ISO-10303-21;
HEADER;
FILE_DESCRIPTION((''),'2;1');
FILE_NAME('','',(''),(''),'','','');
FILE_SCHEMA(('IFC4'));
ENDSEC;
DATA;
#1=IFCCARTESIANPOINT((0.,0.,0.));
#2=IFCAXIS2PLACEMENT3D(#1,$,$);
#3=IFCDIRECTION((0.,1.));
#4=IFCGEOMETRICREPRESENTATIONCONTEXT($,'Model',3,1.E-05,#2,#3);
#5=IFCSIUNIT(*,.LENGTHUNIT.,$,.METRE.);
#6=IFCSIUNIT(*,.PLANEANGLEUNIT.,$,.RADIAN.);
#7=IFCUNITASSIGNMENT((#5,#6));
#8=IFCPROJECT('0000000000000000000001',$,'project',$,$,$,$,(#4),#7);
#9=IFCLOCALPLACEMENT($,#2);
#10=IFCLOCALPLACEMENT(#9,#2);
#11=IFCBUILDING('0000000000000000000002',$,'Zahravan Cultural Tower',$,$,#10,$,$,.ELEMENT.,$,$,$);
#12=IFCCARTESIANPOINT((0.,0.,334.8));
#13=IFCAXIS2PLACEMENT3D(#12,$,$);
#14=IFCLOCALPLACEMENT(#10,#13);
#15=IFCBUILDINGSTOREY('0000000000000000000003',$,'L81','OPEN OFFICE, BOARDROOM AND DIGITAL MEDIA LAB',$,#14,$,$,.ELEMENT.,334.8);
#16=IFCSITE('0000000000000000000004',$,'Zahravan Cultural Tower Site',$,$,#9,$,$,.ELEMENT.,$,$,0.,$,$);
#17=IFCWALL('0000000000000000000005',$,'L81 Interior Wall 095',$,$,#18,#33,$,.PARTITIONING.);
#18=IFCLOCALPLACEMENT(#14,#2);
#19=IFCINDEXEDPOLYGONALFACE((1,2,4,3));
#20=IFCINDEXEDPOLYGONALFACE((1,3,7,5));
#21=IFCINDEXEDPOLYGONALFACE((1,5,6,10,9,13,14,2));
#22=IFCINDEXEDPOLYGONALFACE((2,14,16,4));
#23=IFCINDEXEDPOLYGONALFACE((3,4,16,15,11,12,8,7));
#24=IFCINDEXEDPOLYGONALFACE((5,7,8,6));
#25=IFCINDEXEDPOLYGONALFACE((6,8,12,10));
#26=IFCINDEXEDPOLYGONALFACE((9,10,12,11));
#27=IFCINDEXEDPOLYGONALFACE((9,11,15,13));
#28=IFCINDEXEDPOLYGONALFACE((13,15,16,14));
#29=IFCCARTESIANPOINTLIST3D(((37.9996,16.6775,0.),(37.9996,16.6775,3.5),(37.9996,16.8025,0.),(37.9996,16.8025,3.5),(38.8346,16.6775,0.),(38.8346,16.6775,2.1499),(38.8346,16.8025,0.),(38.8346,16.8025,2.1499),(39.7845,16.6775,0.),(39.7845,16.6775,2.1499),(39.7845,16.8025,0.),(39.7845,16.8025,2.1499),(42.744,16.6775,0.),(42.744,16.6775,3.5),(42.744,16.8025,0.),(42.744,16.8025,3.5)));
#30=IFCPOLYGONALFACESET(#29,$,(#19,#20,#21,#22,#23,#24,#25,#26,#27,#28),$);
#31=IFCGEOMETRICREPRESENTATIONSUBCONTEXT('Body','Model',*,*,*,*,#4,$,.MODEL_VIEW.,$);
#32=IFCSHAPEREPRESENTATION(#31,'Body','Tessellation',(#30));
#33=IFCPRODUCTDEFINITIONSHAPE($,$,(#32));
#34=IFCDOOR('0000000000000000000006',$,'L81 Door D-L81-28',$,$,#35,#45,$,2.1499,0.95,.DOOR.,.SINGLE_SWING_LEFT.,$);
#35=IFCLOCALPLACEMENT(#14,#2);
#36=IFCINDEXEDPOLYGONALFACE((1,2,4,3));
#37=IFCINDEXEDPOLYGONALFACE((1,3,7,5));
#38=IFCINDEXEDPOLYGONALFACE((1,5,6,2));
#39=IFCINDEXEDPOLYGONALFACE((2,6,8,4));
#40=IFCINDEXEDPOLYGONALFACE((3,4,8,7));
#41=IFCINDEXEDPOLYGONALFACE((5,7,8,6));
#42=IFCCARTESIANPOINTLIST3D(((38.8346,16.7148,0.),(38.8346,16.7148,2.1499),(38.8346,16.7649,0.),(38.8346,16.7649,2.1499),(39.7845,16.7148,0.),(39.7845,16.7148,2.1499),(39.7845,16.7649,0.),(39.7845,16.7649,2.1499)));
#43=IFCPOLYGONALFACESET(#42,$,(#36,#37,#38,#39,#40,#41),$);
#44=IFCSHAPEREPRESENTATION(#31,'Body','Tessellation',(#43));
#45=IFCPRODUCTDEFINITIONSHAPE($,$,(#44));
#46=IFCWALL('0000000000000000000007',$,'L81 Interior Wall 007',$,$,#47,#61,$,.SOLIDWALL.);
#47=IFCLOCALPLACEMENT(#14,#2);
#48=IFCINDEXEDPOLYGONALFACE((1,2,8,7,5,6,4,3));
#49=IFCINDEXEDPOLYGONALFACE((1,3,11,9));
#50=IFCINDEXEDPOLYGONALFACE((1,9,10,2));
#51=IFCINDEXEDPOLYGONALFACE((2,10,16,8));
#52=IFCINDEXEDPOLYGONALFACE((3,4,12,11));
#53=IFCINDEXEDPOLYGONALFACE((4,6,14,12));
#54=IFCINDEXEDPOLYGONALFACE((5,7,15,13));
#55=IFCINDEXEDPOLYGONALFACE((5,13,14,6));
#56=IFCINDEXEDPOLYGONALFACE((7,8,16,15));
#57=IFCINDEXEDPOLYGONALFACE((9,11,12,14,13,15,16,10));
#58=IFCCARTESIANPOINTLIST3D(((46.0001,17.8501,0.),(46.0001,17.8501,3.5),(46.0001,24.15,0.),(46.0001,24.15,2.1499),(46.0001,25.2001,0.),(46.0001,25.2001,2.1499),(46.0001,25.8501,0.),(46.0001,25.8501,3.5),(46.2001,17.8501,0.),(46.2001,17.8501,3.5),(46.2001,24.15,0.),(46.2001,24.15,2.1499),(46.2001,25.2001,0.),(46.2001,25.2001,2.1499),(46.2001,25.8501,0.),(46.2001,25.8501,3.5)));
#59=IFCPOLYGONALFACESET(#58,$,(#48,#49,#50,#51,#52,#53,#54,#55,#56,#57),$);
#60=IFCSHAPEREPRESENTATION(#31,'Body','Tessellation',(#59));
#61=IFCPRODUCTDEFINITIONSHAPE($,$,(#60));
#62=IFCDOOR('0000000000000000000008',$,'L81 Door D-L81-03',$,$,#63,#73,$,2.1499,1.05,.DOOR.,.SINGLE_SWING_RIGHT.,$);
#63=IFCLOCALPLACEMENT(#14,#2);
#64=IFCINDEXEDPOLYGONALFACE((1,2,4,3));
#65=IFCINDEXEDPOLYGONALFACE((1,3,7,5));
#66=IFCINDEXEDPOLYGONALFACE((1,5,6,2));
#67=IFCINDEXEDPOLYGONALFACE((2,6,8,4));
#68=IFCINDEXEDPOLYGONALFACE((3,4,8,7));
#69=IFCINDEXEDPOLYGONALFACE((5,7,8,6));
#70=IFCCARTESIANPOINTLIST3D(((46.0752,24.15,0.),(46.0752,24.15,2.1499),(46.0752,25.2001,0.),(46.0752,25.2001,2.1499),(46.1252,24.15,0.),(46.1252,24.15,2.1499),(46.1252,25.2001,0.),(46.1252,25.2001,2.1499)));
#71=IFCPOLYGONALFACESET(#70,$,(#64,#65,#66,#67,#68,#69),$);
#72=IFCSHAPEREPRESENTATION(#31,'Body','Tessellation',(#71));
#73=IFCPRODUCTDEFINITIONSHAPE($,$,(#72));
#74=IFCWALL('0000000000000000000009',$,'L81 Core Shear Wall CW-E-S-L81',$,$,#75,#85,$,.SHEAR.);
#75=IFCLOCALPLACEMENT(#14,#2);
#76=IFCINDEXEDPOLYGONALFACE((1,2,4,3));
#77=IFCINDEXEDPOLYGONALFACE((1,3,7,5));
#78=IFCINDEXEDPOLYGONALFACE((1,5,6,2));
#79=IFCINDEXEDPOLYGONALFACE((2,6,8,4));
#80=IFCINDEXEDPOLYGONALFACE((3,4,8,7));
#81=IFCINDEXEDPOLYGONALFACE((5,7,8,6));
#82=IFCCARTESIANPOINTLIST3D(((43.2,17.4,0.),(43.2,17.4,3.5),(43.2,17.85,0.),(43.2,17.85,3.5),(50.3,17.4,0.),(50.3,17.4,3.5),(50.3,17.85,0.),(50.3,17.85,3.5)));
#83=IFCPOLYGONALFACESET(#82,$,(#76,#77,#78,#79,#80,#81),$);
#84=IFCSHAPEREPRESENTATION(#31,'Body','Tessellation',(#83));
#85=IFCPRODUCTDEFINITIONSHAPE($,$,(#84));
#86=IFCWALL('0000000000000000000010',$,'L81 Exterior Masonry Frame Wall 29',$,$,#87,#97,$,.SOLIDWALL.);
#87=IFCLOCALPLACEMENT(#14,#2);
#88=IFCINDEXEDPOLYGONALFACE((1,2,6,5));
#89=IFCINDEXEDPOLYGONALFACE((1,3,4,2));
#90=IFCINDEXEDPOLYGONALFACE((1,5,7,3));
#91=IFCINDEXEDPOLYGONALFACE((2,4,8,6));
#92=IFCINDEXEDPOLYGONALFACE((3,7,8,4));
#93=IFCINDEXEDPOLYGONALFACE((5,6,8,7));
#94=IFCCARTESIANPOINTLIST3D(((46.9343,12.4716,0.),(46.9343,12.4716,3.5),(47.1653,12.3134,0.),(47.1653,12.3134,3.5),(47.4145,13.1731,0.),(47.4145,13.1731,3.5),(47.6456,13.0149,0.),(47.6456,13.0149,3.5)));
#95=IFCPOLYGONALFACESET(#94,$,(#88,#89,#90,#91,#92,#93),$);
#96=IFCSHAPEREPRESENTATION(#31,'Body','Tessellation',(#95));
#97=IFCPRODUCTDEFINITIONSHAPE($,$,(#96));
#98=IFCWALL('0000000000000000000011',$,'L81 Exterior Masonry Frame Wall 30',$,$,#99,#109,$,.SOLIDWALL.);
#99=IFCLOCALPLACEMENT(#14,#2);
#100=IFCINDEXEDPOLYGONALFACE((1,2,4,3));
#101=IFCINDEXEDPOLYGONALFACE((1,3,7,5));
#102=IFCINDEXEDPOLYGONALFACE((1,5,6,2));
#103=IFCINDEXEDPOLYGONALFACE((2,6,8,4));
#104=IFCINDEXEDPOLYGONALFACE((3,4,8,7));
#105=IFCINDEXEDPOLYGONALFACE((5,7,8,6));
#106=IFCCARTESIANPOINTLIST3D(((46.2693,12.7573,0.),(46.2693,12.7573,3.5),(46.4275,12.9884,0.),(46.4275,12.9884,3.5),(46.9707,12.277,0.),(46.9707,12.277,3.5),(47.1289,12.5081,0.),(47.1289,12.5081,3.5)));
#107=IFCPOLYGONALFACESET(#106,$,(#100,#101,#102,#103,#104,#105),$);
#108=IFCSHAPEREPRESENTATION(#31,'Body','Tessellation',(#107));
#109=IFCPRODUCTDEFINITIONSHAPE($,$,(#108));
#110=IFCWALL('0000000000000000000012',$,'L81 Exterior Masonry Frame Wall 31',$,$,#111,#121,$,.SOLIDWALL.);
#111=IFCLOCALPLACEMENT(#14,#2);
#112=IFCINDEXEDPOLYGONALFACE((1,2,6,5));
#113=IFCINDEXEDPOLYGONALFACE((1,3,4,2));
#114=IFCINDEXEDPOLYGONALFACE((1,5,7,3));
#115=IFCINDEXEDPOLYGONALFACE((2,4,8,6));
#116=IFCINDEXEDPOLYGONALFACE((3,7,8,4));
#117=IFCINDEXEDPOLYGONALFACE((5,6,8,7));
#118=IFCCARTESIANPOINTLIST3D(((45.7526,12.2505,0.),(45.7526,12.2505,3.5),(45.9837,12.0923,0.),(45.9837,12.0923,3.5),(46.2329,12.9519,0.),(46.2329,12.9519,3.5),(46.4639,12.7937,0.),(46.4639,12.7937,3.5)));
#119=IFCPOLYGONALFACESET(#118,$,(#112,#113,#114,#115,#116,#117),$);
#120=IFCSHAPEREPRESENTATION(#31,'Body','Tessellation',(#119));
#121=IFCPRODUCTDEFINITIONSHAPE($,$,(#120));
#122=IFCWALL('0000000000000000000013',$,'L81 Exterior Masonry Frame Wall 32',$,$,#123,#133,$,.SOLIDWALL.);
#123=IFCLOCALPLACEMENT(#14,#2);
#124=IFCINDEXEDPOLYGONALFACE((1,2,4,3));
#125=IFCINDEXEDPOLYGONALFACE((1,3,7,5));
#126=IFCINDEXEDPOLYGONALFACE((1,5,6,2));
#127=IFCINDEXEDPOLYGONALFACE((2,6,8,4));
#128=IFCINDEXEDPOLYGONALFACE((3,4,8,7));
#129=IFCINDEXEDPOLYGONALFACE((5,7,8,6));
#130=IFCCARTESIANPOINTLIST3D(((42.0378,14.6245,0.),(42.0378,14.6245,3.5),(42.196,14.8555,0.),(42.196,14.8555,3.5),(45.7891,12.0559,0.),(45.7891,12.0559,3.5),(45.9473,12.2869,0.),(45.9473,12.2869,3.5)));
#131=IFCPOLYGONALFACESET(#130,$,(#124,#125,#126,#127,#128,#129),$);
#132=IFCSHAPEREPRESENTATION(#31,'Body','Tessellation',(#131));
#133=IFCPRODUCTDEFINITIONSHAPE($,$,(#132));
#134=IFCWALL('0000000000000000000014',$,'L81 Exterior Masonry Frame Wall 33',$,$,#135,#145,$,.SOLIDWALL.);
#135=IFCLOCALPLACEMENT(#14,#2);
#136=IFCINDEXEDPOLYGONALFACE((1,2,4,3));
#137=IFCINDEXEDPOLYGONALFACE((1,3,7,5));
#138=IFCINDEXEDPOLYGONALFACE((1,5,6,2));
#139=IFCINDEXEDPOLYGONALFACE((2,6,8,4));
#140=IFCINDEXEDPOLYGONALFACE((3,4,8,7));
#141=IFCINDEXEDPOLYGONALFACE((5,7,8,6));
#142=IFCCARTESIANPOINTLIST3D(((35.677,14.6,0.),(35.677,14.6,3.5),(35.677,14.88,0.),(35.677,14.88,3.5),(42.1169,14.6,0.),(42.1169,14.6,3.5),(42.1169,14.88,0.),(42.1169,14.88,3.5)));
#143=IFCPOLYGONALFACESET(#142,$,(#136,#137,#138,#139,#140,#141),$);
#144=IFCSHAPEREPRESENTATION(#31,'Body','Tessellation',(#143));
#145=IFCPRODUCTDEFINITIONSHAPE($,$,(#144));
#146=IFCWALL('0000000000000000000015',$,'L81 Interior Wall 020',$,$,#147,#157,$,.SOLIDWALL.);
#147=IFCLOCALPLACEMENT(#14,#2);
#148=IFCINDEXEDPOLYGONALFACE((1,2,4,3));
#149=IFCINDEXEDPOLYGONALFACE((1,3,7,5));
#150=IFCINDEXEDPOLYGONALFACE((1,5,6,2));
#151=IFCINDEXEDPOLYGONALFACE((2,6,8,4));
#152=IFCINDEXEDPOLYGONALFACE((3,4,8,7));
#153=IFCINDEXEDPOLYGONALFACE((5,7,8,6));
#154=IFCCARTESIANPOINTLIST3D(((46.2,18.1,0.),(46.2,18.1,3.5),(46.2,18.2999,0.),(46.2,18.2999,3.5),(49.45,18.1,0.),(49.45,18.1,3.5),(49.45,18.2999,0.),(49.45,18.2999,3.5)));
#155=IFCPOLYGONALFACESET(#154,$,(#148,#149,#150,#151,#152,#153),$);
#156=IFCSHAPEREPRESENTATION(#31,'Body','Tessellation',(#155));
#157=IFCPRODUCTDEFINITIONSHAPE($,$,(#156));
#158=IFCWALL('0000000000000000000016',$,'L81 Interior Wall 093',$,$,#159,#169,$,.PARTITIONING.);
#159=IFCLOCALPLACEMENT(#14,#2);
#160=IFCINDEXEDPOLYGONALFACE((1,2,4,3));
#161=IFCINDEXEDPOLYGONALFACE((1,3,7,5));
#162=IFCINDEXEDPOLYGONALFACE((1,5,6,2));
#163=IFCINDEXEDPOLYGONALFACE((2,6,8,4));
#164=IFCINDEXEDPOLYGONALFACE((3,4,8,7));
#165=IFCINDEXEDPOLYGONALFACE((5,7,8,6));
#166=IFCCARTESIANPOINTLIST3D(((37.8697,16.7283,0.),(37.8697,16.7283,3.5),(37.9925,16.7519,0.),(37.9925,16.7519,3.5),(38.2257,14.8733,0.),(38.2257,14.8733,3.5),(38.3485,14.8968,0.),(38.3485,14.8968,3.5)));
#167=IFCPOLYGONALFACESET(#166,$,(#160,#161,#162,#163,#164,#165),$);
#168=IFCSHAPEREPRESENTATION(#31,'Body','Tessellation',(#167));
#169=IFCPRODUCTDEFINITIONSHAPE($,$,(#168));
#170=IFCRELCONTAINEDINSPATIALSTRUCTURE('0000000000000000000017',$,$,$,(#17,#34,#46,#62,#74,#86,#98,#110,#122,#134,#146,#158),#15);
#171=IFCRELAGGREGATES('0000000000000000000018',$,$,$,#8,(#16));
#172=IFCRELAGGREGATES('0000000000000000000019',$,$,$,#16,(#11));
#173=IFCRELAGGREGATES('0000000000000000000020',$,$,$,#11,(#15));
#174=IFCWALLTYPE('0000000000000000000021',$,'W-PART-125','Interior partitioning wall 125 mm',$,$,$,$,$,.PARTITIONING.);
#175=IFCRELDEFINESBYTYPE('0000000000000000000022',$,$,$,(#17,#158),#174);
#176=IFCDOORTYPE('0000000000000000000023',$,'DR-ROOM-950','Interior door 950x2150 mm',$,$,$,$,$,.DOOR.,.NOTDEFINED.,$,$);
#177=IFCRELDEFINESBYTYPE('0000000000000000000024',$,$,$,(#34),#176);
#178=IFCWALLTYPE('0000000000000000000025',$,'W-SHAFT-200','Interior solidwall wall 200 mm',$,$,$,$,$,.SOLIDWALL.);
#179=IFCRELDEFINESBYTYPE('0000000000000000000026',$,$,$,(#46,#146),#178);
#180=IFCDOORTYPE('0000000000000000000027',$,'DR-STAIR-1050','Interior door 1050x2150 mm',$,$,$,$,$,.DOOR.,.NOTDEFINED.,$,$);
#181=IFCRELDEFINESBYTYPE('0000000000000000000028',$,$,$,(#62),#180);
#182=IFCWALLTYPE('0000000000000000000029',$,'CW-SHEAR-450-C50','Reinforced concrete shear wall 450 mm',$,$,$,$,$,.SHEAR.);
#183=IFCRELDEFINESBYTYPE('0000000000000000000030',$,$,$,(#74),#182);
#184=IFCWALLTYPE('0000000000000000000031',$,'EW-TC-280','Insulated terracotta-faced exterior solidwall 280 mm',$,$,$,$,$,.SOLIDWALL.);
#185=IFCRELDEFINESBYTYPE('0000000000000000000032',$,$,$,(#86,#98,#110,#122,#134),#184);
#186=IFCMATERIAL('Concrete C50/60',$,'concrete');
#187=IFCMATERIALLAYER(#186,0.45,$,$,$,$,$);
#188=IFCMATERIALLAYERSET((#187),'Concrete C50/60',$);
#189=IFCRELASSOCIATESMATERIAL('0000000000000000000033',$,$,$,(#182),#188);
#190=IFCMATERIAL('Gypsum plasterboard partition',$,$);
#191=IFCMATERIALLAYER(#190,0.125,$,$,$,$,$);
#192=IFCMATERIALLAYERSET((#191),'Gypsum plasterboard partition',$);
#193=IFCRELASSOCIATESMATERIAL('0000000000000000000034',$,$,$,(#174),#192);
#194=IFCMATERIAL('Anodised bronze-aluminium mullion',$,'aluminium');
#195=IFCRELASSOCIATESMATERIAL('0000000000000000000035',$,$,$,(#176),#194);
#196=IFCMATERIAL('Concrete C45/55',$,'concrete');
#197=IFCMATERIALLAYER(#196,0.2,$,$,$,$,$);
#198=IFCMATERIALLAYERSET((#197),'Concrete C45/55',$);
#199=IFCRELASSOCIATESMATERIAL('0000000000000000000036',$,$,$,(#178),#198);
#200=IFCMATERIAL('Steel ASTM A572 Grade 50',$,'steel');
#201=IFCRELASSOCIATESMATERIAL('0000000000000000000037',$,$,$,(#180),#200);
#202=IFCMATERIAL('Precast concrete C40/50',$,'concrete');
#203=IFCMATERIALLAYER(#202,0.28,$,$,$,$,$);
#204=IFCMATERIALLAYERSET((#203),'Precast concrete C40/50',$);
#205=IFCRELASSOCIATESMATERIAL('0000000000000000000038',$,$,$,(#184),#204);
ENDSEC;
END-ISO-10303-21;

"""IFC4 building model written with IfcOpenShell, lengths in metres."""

from ifc_helpers import new_model, si_unit, direction, frame, frame_2d, origin, place, context, subcontext, project, spatial, rectangle, extrude, source, transform, mapped, material, layer, layer_set, type_object, element, fill, save


model = new_model("IFC4")

# Units and contexts
model_context = context("Model", 3, precision=1e-05, world=origin(), true_north=direction((0.0, 1.0)))
body_context = subcontext(model_context, "Body", "Model", "MODEL_VIEW")
ifc_project = project(units=[si_unit("LENGTHUNIT", "METRE"), si_unit("PLANEANGLEUNIT", "RADIAN")], contexts=[model_context])

# Site, building, storey
site_placement = place(None, origin())
site = spatial("IfcSite", under=ifc_project, at=site_placement, Name="Zahravan Cultural Tower Site", CompositionType="ELEMENT", RefElevation=0.0)
building_placement = place(site_placement, origin())
building = spatial("IfcBuilding", under=site, at=building_placement, Name="Zahravan Cultural Tower", CompositionType="ELEMENT")
storey_placement = place(building_placement, frame((0.0, 0.0, 334.8)))
storey = spatial("IfcBuildingStorey", under=building, at=storey_placement, Name="L81", Description="OPEN OFFICE, BOARDROOM AND DIGITAL MEDIA LAB", CompositionType="ELEMENT", Elevation=334.8)

# Shared definitions
ifc_material_1 = material(Name="Concrete C50/60", Category="concrete")

# Shared definitions
ifc_layer_1 = layer(ifc_material_1, 0.45)
ifc_layer_set_1 = layer_set([ifc_layer_1], Name="Concrete C50/60")
wall_type_1 = type_object("IfcWallType", Name="CW-SHEAR-450-C50", Description="Reinforced concrete shear wall 450 mm", PredefinedType="SHEAR", material=ifc_layer_set_1)
ifc_material_2 = material(Name="Steel ASTM A572 Grade 50", Category="steel")

# Walls, openings, doors
ifc_material_3 = material(Name="Gypsum plasterboard partition")
ifc_layer_2 = layer(ifc_material_3, 0.125)
ifc_layer_set_2 = layer_set([ifc_layer_2], Name="Gypsum plasterboard partition")
wall_type_2 = type_object("IfcWallType", Name="W-PART-125", Description="Interior partitioning wall 125 mm", PredefinedType="PARTITIONING", material=ifc_layer_set_2)
wall_1_placement = place(storey_placement, frame((37.9998, 16.74, 0.0), z_axis=(0.0, 0.0, 1.0), x_axis=(1.0, 0.0, 0.0)))
wall_1 = element("IfcWall", 1, at=wall_1_placement, inside=storey, type_object=wall_type_2, Name="L81 Interior Wall 095", PredefinedType="PARTITIONING", context=body_context, shape_type="SweptSolid", body=[
    extrude(rectangle(XDim=4.7444, YDim=0.125, at=frame_2d((2.3721, 0.0))), origin(), (0.0, 0.0, 1.0), 3.5),
])
opening_1_placement = place(wall_1_placement, frame((0.8347, 0.0, 0.0)))
opening_1 = element("IfcOpeningElement", 2, at=opening_1_placement, cuts=wall_1, PredefinedType="OPENING", context=body_context, shape_type="SweptSolid", body=[
    extrude(rectangle(XDim=0.95, YDim=2.1499, at=frame_2d((0.4751, 1.075))), frame((0.0, 0.0725, 0.0), z_axis=(0.0, -1.0, 0.0), x_axis=(1.0, 0.0, 0.0)), (0.0, 0.0, 1.0), 0.145),
])
ifc_material_4 = material(Name="Anodised bronze-aluminium mullion", Category="aluminium")
door_type_1 = type_object("IfcDoorType", Name="DR-ROOM-950", Description="Interior door 950x2150 mm", OperationType="NOTDEFINED", PredefinedType="DOOR", material=ifc_material_4)
shared_shape_1 = source(origin(), body_context, "Body", "SweptSolid", [
    extrude(rectangle(XDim=0.95, YDim=2.1499, at=frame_2d((0.4751, 1.075))), frame((0.0, 0.0249, 0.0), z_axis=(0.0, -1.0, 0.0), x_axis=(1.0, 0.0, 0.0)), (0.0, 0.0, 1.0), 0.05),
])
door_1_placement = place(opening_1_placement, origin())
door_1 = element("IfcDoor", 3, at=door_1_placement, inside=storey, type_object=door_type_1, Name="L81 Door D-L81-28", OperationType="SINGLE_SWING_LEFT", OverallHeight=2.1499, OverallWidth=0.95, PredefinedType="DOOR", context=body_context, shape_type="MappedRepresentation", body=[
    mapped(shared_shape_1, transform((0.0, 0.0, 0.0), x_axis=(1.0, 0.0, 0.0), y_axis=(0.0, 1.0, 0.0), z_axis=(0.0, 0.0, 1.0), scale=1.0)),
])
fill(opening_1, door_1)
ifc_material_5 = material(Name="Concrete C45/55", Category="concrete")
ifc_layer_3 = layer(ifc_material_5, 0.2)
ifc_layer_set_3 = layer_set([ifc_layer_3], Name="Concrete C45/55")
wall_type_3 = type_object("IfcWallType", Name="W-SHAFT-200", Description="Interior solidwall wall 200 mm", PredefinedType="SOLIDWALL", material=ifc_layer_set_3)
wall_2_placement = place(storey_placement, frame((46.1001, 17.8501, 0.0), z_axis=(0.0, 0.0, 1.0), x_axis=(0.0, 1.0, 0.0)))
wall_2 = element("IfcWall", 4, at=wall_2_placement, inside=storey, type_object=wall_type_3, Name="L81 Interior Wall 007", PredefinedType="SOLIDWALL", context=body_context, shape_type="SweptSolid", body=[
    extrude(rectangle(XDim=8.0, YDim=0.2, at=frame_2d((4.0, 0.0))), origin(), (0.0, 0.0, 1.0), 3.5),
])
opening_2_placement = place(wall_2_placement, frame((6.3, 0.0, 0.0)))
opening_2 = element("IfcOpeningElement", 5, at=opening_2_placement, cuts=wall_2, PredefinedType="OPENING", context=body_context, shape_type="SweptSolid", body=[
    extrude(rectangle(XDim=1.05, YDim=2.1499, at=frame_2d((0.5249, 1.075))), frame((0.0, 0.1099, 0.0), z_axis=(0.0, -1.0, 0.0), x_axis=(1.0, 0.0, 0.0)), (0.0, 0.0, 1.0), 0.22),
])
door_type_2 = type_object("IfcDoorType", Name="DR-STAIR-1050", Description="Interior door 1050x2150 mm", OperationType="NOTDEFINED", PredefinedType="DOOR", material=ifc_material_2)
shared_shape_2 = source(origin(), body_context, "Body", "SweptSolid", [
    extrude(rectangle(XDim=1.05, YDim=2.1499, at=frame_2d((0.5249, 1.075))), frame((0.0, 0.0249, 0.0), z_axis=(0.0, -1.0, 0.0), x_axis=(1.0, 0.0, 0.0)), (0.0, 0.0, 1.0), 0.05),
])
door_2_placement = place(opening_2_placement, origin())
door_2 = element("IfcDoor", 6, at=door_2_placement, inside=storey, type_object=door_type_2, Name="L81 Door D-L81-03", OperationType="SINGLE_SWING_RIGHT", OverallHeight=2.1499, OverallWidth=1.05, PredefinedType="DOOR", context=body_context, shape_type="MappedRepresentation", body=[
    mapped(shared_shape_2, transform((0.0, 0.0, 0.0), x_axis=(1.0, 0.0, 0.0), y_axis=(0.0, 1.0, 0.0), z_axis=(0.0, 0.0, 1.0), scale=1.0)),
])
fill(opening_2, door_2)

# Walls
shared_shape_3 = source(origin(), body_context, "Body", "SweptSolid", [
    extrude(rectangle(XDim=7.1001, YDim=0.45, at=frame_2d((3.55, 0.0))), origin(), (0.0, 0.0, 1.0), 3.5),
])
wall_3_placement = place(storey_placement, frame((43.2, 17.625, 0.0), z_axis=(0.0, 0.0, 1.0), x_axis=(1.0, 0.0, 0.0)))
element("IfcWall", 7, at=wall_3_placement, inside=storey, type_object=wall_type_1, Name="L81 Core Shear Wall CW-E-S-L81", PredefinedType="SHEAR", context=body_context, shape_type="MappedRepresentation", body=[
    mapped(shared_shape_3, transform((0.0, 0.0, 0.0), x_axis=(1.0, 0.0, 0.0), y_axis=(0.0, 1.0, 0.0), z_axis=(0.0, 0.0, 1.0), scale=1.0)),
])
ifc_material_6 = material(Name="Precast concrete C40/50", Category="concrete")
ifc_layer_4 = layer(ifc_material_6, 0.28)
ifc_layer_set_4 = layer_set([ifc_layer_4], Name="Precast concrete C40/50")
wall_type_4 = type_object("IfcWallType", Name="EW-TC-280", Description="Insulated terracotta-faced exterior solidwall 280 mm", PredefinedType="SOLIDWALL", material=ifc_layer_set_4)
shared_shape_4 = source(origin(), body_context, "Body", "SweptSolid", [
    extrude(rectangle(XDim=0.8501, YDim=0.28, at=frame_2d((0.425, 0.0))), origin(), (0.0, 0.0, 1.0), 3.5),
])
for number, where, z_axis, x_axis, name in (
    (8, (47.53, 13.094, 0.0), (0.0, 0.0, 1.0), (-0.564931, -0.825138, 0.0), "L81 Exterior Masonry Frame Wall 29"),
    (9, (47.0498, 12.3926, 0.0), (0.0, 0.0, 1.0), (-0.825138, 0.564931, 0.0), "L81 Exterior Masonry Frame Wall 30"),
    (10, (46.3484, 12.8728, 0.0), (0.0, 0.0, 1.0), (-0.564931, -0.825138, 0.0), "L81 Exterior Masonry Frame Wall 31"),
):
    element("IfcWall", number, at=place(storey_placement, frame(where, z_axis=z_axis, x_axis=x_axis)), inside=storey, type_object=wall_type_4, Name=name, PredefinedType="SOLIDWALL", context=body_context, shape_type="MappedRepresentation", body=[
        mapped(shared_shape_4, transform((0.0, 0.0, 0.0), x_axis=(1.0, 0.0, 0.0), y_axis=(0.0, 1.0, 0.0), z_axis=(0.0, 0.0, 1.0), scale=1.0)),
    ])
shared_shape_5 = source(origin(), body_context, "Body", "SweptSolid", [
    extrude(rectangle(XDim=4.5464, YDim=0.28, at=frame_2d((2.2732, 0.0))), origin(), (0.0, 0.0, 1.0), 3.5),
])
wall_4_placement = place(storey_placement, frame((45.8682, 12.1714, 0.0), z_axis=(0.0, 0.0, 1.0), x_axis=(-0.825104, 0.56498, 0.0)))
element("IfcWall", 11, at=wall_4_placement, inside=storey, type_object=wall_type_4, Name="L81 Exterior Masonry Frame Wall 32", PredefinedType="SOLIDWALL", context=body_context, shape_type="MappedRepresentation", body=[
    mapped(shared_shape_5, transform((0.0, 0.0, 0.0), x_axis=(1.0, 0.0, 0.0), y_axis=(0.0, 1.0, 0.0), z_axis=(0.0, 0.0, 1.0), scale=1.0)),
])
shared_shape_6 = source(origin(), body_context, "Body", "SweptSolid", [
    extrude(rectangle(XDim=6.4399, YDim=0.28, at=frame_2d((3.22, 0.0))), origin(), (0.0, 0.0, 1.0), 3.5),
])
wall_5_placement = place(storey_placement, frame((42.1169, 14.74, 0.0), z_axis=(0.0, 0.0, 1.0), x_axis=(-1.0, 0.0, 0.0)))
element("IfcWall", 12, at=wall_5_placement, inside=storey, type_object=wall_type_4, Name="L81 Exterior Masonry Frame Wall 33", PredefinedType="SOLIDWALL", context=body_context, shape_type="MappedRepresentation", body=[
    mapped(shared_shape_6, transform((0.0, 0.0, 0.0), x_axis=(1.0, 0.0, 0.0), y_axis=(0.0, 1.0, 0.0), z_axis=(0.0, 0.0, 1.0), scale=1.0)),
])
shared_shape_7 = source(origin(), body_context, "Body", "SweptSolid", [
    extrude(rectangle(XDim=3.25, YDim=0.2, at=frame_2d((1.625, 0.0))), origin(), (0.0, 0.0, 1.0), 3.5),
])
wall_6_placement = place(storey_placement, frame((46.2, 18.2, 0.0), z_axis=(0.0, 0.0, 1.0), x_axis=(1.0, 0.0, 0.0)))
element("IfcWall", 13, at=wall_6_placement, inside=storey, type_object=wall_type_3, Name="L81 Interior Wall 020", PredefinedType="SOLIDWALL", context=body_context, shape_type="MappedRepresentation", body=[
    mapped(shared_shape_7, transform((0.0, 0.0, 0.0), x_axis=(1.0, 0.0, 0.0), y_axis=(0.0, 1.0, 0.0), z_axis=(0.0, 0.0, 1.0), scale=1.0)),
])
shared_shape_8 = source(origin(), body_context, "Body", "SweptSolid", [
    extrude(rectangle(XDim=1.8889, YDim=0.125, at=frame_2d((0.9443, 0.0))), origin(), (0.0, 0.0, 1.0), 3.5),
])
wall_7_placement = place(storey_placement, frame((37.9312, 16.74, 0.0), z_axis=(0.0, 0.0, 1.0), x_axis=(0.188454, -0.982082, 0.0)))
element("IfcWall", 14, at=wall_7_placement, inside=storey, type_object=wall_type_2, Name="L81 Interior Wall 093", PredefinedType="PARTITIONING", context=body_context, shape_type="MappedRepresentation", body=[
    mapped(shared_shape_8, transform((0.0, 0.0, 0.0), x_axis=(1.0, 0.0, 0.0), y_axis=(0.0, 1.0, 0.0), z_axis=(0.0, 0.0, 1.0), scale=1.0)),
])

save(model, "model.ifc")
